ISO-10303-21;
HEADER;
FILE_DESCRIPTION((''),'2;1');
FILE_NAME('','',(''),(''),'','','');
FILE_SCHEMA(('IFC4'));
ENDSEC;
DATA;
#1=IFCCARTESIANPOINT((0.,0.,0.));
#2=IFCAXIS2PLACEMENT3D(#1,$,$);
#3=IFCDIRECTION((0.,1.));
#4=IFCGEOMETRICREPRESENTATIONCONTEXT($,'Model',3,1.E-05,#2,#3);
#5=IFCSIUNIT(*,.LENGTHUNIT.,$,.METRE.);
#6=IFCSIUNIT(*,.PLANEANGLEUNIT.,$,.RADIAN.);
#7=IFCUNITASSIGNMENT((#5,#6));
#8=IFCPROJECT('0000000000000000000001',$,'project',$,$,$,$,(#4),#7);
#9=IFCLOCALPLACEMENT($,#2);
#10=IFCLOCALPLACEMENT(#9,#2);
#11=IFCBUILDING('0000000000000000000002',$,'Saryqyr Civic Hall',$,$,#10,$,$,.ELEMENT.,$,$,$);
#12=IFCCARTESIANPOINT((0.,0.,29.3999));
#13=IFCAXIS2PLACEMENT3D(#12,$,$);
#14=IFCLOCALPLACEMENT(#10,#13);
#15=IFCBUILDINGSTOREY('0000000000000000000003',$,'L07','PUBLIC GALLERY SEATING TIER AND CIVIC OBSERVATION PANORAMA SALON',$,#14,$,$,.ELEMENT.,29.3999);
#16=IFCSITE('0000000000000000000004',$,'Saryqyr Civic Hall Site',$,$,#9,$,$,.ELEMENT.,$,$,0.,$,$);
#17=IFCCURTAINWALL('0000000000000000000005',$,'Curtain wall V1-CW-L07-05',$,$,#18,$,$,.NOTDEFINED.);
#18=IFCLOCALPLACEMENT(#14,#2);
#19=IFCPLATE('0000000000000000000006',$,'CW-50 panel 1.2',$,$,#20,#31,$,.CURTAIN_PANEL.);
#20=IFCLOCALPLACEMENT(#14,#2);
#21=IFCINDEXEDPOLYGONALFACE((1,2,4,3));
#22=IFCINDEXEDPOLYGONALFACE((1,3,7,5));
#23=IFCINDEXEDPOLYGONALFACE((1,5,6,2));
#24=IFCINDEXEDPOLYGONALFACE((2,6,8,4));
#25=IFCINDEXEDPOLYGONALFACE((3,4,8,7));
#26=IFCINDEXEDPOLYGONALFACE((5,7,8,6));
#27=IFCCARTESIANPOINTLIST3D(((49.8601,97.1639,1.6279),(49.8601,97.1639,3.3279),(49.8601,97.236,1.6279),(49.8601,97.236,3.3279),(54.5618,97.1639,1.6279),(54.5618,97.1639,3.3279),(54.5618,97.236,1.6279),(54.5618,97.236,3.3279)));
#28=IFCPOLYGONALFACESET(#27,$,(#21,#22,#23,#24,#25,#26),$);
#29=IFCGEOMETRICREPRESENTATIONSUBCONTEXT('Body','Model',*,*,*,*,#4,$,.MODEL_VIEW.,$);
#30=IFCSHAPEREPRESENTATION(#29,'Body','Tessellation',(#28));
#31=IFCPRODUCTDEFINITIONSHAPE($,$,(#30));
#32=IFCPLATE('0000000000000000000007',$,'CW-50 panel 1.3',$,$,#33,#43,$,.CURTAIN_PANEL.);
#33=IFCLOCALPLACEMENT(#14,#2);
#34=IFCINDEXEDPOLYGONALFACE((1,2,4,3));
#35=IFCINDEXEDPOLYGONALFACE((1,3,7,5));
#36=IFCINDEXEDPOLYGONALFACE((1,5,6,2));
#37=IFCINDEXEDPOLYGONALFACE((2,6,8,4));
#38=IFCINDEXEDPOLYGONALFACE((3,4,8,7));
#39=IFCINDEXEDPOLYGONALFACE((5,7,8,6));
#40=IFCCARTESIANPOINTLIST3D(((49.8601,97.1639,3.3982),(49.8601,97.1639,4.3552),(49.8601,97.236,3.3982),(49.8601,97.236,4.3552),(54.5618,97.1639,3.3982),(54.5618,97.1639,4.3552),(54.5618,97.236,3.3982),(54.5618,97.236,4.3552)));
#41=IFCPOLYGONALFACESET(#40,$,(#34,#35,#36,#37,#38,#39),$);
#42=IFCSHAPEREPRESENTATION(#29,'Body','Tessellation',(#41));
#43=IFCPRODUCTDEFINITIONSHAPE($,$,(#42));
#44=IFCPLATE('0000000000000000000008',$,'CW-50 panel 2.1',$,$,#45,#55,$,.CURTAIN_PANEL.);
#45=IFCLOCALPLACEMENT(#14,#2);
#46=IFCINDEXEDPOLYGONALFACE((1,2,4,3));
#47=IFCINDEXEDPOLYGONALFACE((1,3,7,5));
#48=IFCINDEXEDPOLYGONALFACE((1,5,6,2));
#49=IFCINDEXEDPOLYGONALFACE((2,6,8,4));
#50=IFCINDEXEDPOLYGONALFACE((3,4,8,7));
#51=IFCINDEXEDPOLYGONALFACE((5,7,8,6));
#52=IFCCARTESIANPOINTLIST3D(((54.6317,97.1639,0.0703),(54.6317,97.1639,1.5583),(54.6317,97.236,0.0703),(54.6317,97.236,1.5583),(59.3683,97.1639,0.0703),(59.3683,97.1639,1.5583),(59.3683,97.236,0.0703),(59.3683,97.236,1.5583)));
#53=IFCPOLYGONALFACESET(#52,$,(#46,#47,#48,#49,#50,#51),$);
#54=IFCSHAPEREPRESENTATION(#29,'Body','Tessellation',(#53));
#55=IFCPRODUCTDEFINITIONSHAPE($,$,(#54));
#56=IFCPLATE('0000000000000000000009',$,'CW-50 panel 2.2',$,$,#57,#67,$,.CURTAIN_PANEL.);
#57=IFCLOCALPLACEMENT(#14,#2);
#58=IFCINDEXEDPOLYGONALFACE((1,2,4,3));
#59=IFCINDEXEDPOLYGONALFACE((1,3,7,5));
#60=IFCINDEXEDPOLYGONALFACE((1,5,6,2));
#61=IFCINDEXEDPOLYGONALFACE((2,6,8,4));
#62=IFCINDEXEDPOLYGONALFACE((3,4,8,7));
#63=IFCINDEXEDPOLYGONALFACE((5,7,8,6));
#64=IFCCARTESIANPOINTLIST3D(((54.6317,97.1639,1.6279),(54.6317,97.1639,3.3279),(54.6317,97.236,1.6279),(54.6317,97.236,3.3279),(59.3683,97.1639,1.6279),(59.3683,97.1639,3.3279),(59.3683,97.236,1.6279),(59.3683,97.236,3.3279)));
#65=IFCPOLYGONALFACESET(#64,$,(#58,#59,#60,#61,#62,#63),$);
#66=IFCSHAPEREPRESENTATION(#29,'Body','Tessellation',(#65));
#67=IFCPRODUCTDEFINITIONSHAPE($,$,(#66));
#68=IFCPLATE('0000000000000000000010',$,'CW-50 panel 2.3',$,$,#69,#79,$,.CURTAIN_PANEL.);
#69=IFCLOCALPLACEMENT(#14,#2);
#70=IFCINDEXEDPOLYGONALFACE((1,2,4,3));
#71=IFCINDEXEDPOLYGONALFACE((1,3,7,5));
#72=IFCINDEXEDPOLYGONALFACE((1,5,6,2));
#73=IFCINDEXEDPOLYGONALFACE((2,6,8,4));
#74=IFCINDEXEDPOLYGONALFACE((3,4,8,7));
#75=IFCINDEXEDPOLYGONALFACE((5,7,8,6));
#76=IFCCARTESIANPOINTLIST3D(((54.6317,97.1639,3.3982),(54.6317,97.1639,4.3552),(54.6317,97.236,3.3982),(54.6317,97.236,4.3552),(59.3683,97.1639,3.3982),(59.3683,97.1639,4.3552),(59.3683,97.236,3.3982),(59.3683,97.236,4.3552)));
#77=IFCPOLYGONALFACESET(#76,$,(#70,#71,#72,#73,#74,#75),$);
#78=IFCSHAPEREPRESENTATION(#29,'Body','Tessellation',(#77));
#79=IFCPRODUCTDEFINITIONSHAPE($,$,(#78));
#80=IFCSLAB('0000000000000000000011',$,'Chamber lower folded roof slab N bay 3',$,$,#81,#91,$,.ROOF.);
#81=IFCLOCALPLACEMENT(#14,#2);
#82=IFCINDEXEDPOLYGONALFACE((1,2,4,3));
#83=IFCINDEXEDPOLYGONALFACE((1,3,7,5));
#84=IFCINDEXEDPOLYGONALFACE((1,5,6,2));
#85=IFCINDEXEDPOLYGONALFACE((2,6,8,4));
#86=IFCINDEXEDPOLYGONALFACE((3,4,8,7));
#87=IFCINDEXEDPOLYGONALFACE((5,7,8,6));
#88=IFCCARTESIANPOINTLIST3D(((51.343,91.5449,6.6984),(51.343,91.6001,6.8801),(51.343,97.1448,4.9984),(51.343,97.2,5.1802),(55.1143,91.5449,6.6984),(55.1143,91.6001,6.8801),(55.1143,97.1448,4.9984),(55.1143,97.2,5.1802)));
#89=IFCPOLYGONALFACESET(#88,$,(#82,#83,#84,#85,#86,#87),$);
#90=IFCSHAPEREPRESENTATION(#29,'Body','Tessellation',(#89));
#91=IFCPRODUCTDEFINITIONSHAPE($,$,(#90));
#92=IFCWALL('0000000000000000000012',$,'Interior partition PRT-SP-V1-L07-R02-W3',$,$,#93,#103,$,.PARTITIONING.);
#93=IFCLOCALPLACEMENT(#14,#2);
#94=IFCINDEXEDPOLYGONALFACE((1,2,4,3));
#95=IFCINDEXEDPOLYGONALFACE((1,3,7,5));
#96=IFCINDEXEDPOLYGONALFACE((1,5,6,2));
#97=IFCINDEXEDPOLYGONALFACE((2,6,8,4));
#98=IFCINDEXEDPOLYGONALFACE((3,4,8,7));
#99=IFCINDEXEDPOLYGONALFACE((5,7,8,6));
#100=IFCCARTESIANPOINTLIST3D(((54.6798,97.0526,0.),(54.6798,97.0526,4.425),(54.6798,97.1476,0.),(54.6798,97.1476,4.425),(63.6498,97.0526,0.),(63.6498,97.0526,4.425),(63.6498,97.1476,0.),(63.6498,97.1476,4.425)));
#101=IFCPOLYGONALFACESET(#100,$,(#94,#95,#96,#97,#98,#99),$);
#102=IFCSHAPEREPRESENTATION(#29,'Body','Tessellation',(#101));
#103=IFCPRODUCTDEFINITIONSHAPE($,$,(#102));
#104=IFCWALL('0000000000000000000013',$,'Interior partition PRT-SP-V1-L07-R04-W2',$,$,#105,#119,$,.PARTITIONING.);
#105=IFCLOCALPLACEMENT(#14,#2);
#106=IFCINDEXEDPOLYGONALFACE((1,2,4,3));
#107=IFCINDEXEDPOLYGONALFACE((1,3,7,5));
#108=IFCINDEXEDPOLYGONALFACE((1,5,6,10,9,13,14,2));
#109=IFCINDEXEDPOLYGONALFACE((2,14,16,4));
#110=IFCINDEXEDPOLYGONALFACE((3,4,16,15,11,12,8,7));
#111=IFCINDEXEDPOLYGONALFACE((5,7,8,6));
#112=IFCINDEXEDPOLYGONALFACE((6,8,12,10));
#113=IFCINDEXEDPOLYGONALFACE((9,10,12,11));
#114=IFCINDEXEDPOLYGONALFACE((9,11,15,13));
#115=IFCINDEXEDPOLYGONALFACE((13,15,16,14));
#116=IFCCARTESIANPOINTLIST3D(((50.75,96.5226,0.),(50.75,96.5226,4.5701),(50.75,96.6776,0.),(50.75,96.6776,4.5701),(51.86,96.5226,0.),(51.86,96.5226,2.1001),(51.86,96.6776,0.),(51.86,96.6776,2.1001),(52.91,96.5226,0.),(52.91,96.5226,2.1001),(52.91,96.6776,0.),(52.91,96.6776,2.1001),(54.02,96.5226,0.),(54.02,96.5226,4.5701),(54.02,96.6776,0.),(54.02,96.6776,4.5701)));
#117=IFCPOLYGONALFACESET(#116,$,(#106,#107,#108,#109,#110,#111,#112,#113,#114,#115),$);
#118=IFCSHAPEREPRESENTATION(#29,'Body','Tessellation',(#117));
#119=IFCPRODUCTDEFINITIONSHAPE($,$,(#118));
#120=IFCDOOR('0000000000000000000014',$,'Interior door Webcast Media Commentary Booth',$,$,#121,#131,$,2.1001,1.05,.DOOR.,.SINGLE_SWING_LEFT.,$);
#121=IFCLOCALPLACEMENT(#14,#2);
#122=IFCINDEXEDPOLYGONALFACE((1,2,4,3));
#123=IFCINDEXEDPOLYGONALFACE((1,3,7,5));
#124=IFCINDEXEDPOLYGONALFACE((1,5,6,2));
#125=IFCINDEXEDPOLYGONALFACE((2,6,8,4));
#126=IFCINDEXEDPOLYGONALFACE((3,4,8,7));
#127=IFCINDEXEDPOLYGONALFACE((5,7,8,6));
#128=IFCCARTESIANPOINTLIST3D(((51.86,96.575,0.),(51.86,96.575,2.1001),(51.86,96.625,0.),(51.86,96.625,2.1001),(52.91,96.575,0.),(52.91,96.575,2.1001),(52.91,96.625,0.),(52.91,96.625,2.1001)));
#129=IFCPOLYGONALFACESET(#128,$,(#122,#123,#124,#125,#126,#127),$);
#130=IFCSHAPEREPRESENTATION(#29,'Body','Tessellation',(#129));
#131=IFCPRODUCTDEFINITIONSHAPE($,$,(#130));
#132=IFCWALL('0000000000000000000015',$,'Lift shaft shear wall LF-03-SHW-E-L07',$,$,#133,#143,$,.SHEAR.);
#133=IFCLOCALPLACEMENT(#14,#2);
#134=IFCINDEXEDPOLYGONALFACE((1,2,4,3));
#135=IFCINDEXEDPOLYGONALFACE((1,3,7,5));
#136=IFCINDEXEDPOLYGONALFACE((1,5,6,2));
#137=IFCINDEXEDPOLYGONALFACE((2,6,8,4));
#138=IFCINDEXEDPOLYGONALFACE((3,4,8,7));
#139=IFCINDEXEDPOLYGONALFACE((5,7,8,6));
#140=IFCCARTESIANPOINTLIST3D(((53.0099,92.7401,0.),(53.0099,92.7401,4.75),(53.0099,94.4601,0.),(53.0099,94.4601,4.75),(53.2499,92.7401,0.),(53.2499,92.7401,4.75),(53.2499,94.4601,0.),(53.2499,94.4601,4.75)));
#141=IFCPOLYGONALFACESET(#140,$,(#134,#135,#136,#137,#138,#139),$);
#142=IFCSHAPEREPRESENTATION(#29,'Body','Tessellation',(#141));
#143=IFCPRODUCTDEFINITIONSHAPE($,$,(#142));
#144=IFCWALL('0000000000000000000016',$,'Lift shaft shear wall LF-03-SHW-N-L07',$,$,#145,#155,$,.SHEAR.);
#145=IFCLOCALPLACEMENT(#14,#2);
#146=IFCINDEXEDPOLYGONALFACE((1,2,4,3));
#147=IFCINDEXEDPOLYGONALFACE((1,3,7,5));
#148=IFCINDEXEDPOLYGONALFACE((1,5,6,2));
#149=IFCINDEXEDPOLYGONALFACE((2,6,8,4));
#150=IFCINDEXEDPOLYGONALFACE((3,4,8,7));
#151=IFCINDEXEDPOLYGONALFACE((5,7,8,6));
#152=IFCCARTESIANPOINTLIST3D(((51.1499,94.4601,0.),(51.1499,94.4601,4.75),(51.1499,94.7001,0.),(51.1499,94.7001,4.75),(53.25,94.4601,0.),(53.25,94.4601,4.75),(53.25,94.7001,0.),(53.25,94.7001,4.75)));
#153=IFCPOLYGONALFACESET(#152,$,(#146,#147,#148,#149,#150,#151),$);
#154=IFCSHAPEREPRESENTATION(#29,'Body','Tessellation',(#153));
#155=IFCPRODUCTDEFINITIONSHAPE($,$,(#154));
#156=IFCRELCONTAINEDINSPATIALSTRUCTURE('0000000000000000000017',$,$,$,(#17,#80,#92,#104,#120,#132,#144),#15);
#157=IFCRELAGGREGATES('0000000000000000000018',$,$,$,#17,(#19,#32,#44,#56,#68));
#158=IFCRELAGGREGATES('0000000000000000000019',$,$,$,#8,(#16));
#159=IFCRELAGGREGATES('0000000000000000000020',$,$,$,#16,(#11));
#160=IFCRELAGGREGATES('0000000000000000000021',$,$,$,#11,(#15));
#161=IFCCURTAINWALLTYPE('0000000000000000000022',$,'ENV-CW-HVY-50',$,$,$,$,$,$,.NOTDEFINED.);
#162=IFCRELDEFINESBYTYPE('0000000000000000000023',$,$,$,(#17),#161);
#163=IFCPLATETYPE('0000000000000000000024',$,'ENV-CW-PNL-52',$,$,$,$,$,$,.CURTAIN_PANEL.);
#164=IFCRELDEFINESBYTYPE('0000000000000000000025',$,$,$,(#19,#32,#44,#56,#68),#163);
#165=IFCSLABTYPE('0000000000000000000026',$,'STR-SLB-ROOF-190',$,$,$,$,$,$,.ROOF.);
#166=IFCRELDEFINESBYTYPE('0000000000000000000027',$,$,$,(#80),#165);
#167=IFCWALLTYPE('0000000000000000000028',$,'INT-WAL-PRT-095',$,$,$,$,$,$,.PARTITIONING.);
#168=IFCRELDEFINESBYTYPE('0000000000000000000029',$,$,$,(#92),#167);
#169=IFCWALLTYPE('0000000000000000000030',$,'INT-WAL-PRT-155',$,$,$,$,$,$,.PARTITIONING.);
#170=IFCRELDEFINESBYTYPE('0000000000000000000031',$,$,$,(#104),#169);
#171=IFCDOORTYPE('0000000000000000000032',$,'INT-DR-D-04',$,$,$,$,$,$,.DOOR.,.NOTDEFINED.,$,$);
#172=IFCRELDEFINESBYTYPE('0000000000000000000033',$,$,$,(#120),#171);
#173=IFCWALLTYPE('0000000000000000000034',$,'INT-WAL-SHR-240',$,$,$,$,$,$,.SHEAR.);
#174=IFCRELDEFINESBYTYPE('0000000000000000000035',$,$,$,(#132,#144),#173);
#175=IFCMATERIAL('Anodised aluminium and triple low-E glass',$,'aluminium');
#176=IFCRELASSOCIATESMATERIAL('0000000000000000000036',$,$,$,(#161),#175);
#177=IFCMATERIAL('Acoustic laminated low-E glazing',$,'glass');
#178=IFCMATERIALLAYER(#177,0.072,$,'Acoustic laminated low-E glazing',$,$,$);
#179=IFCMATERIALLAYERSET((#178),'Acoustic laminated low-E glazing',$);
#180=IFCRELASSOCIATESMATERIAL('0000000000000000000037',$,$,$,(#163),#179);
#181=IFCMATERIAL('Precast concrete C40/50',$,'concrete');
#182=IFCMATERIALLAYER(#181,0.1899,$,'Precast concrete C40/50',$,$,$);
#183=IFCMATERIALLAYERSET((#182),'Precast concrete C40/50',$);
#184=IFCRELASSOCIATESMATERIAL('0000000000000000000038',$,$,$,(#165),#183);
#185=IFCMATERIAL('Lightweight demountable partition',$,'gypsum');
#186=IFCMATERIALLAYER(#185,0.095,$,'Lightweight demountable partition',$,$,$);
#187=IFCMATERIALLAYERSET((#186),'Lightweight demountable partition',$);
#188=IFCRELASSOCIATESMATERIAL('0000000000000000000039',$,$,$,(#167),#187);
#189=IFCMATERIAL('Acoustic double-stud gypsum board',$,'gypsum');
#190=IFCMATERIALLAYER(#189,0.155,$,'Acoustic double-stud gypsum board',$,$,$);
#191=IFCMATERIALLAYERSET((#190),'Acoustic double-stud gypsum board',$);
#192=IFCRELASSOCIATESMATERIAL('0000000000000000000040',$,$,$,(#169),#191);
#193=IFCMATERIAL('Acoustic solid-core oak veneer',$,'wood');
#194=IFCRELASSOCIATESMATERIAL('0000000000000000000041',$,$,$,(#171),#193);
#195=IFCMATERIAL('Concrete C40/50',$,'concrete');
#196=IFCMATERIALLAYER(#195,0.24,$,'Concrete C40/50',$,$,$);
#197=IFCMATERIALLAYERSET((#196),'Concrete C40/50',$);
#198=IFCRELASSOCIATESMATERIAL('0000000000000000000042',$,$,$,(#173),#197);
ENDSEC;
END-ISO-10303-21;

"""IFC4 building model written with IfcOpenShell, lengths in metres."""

from ifc_helpers import new_model, si_unit, direction, frame, frame_2d, origin, origin_2d, place, context, subcontext, project, spatial, polyline, rectangle, outline, extrude, material, layer, layer_set, type_object, element, fill, aggregate, save


model = new_model("IFC4")

# Units and contexts
model_context = context("Model", 3, precision=1e-05, world=origin(), true_north=direction((0.0, 1.0)))
body_context = subcontext(model_context, "Body", "Model", "MODEL_VIEW")
ifc_project = project(units=[si_unit("LENGTHUNIT", "METRE"), si_unit("PLANEANGLEUNIT", "RADIAN")], contexts=[model_context])

# Site, building, storey
site_placement = place(None, origin())
site = spatial("IfcSite", under=ifc_project, at=site_placement, Name="Saryqyr Civic Hall Site", CompositionType="ELEMENT", RefElevation=0.0)
building_placement = place(site_placement, origin())
building = spatial("IfcBuilding", under=site, at=building_placement, Name="Saryqyr Civic Hall", CompositionType="ELEMENT")
storey_placement = place(building_placement, frame((0.0, 0.0, 29.3999)))
storey = spatial("IfcBuildingStorey", under=building, at=storey_placement, Name="L07", Description="PUBLIC GALLERY SEATING TIER AND CIVIC OBSERVATION PANORAMA SALON", CompositionType="ELEMENT", Elevation=29.3999)

# Curtain wall
ifc_material_1 = material(Name="Anodised aluminium and triple low-E glass", Category="aluminium")
curtain_wall_type = type_object("IfcCurtainWallType", Name="ENV-CW-HVY-50", PredefinedType="NOTDEFINED", material=ifc_material_1)
curtain_wall_placement = place(storey_placement, origin())
curtain_wall = element("IfcCurtainWall", 1, at=curtain_wall_placement, inside=storey, type_object=curtain_wall_type, Name="Curtain wall V1-CW-L07-05", PredefinedType="NOTDEFINED")

# Plates
ifc_material_2 = material(Name="Acoustic laminated low-E glazing", Category="glass")
ifc_layer_1 = layer(ifc_material_2, 0.072, Name="Acoustic laminated low-E glazing")
ifc_layer_set_1 = layer_set([ifc_layer_1], Name="Acoustic laminated low-E glazing")
plate_type = type_object("IfcPlateType", Name="ENV-CW-PNL-52", PredefinedType="CURTAIN_PANEL", material=ifc_layer_set_1)
plate_1_placement = place(storey_placement, frame((52.2109, 97.2, 1.6279), z_axis=(0.0, 0.0, 1.0), x_axis=(1.0, 0.0, 0.0)))
plate_1 = element("IfcPlate", 2, at=plate_1_placement, type_object=plate_type, Name="CW-50 panel 1.2", PredefinedType="CURTAIN_PANEL", context=body_context, shape_type="SweptSolid", body=[
    extrude(rectangle(XDim=4.7017, YDim=0.072, at=origin_2d()), origin(), (0.0, 0.0, 1.0), 1.7),
])
plate_2_placement = place(storey_placement, frame((52.2109, 97.2, 3.3982), z_axis=(0.0, 0.0, 1.0), x_axis=(1.0, 0.0, 0.0)))
plate_2 = element("IfcPlate", 3, at=plate_2_placement, type_object=plate_type, Name="CW-50 panel 1.3", PredefinedType="CURTAIN_PANEL", context=body_context, shape_type="SweptSolid", body=[
    extrude(rectangle(XDim=4.7017, YDim=0.072, at=origin_2d()), origin(), (0.0, 0.0, 1.0), 0.957),
])
plate_3_placement = place(storey_placement, frame((57.0, 97.2, 0.0703), z_axis=(0.0, 0.0, 1.0), x_axis=(1.0, 0.0, 0.0)))
plate_3 = element("IfcPlate", 4, at=plate_3_placement, type_object=plate_type, Name="CW-50 panel 2.1", PredefinedType="CURTAIN_PANEL", context=body_context, shape_type="SweptSolid", body=[
    extrude(rectangle(XDim=4.7366, YDim=0.072, at=origin_2d()), origin(), (0.0, 0.0, 1.0), 1.488),
])
plate_4_placement = place(storey_placement, frame((57.0, 97.2, 1.6279), z_axis=(0.0, 0.0, 1.0), x_axis=(1.0, 0.0, 0.0)))
plate_4 = element("IfcPlate", 5, at=plate_4_placement, type_object=plate_type, Name="CW-50 panel 2.2", PredefinedType="CURTAIN_PANEL", context=body_context, shape_type="SweptSolid", body=[
    extrude(rectangle(XDim=4.7366, YDim=0.072, at=origin_2d()), origin(), (0.0, 0.0, 1.0), 1.7),
])
plate_5_placement = place(storey_placement, frame((57.0, 97.2, 3.3982), z_axis=(0.0, 0.0, 1.0), x_axis=(1.0, 0.0, 0.0)))
plate_5 = element("IfcPlate", 6, at=plate_5_placement, type_object=plate_type, Name="CW-50 panel 2.3", PredefinedType="CURTAIN_PANEL", context=body_context, shape_type="SweptSolid", body=[
    extrude(rectangle(XDim=4.7366, YDim=0.072, at=origin_2d()), origin(), (0.0, 0.0, 1.0), 0.957),
])
aggregate(curtain_wall, [plate_1, plate_2, plate_3, plate_4, plate_5])

# Slab
ifc_material_3 = material(Name="Precast concrete C40/50", Category="concrete")
ifc_layer_2 = layer(ifc_material_3, 0.1899, Name="Precast concrete C40/50")
ifc_layer_set_2 = layer_set([ifc_layer_2], Name="Precast concrete C40/50")
slab_type = type_object("IfcSlabType", Name="STR-SLB-ROOF-190", PredefinedType="ROOF", material=ifc_layer_set_2)
slab_placement = place(storey_placement, frame((55.1143, 97.2, 5.1802), z_axis=(0.0, 0.290481, 0.956881), x_axis=(-1.0, 0.0, 0.0)))
element("IfcSlab", 7, at=slab_placement, inside=storey, type_object=slab_type, Name="Chamber lower folded roof slab N bay 3", PredefinedType="ROOF", context=body_context, shape_type="SweptSolid", body=[
    extrude(outline(polyline([(0.0, 0.0), (3.7712, 0.0), (3.7712, 5.8522), (0.0, 5.8522), (0.0, 0.0)])), origin(), (0.0, 0.0, -1.0), 0.1899),
])

# Wall
ifc_material_4 = material(Name="Lightweight demountable partition", Category="gypsum")
ifc_layer_3 = layer(ifc_material_4, 0.095, Name="Lightweight demountable partition")
ifc_layer_set_3 = layer_set([ifc_layer_3], Name="Lightweight demountable partition")
wall_type_1 = type_object("IfcWallType", Name="INT-WAL-PRT-095", PredefinedType="PARTITIONING", material=ifc_layer_set_3)
wall_1_placement = place(storey_placement, frame((54.6799, 97.1001, 0.0), z_axis=(0.0, 0.0, 1.0), x_axis=(1.0, 0.0, 0.0)))
element("IfcWall", 8, at=wall_1_placement, inside=storey, type_object=wall_type_1, Name="Interior partition PRT-SP-V1-L07-R02-W3", PredefinedType="PARTITIONING", context=body_context, shape_type="SweptSolid", body=[
    extrude(rectangle(XDim=8.97, YDim=0.095, at=frame_2d((4.4849, 0.0))), origin(), (0.0, 0.0, 1.0), 4.425),
])

# Wall, opening, door
ifc_material_5 = material(Name="Acoustic double-stud gypsum board", Category="gypsum")
ifc_layer_4 = layer(ifc_material_5, 0.155, Name="Acoustic double-stud gypsum board")
ifc_layer_set_4 = layer_set([ifc_layer_4], Name="Acoustic double-stud gypsum board")
wall_type_2 = type_object("IfcWallType", Name="INT-WAL-PRT-155", PredefinedType="PARTITIONING", material=ifc_layer_set_4)
wall_2_placement = place(storey_placement, frame((50.75, 96.6001, 0.0), z_axis=(0.0, 0.0, 1.0), x_axis=(1.0, 0.0, 0.0)))
wall_2 = element("IfcWall", 9, at=wall_2_placement, inside=storey, type_object=wall_type_2, Name="Interior partition PRT-SP-V1-L07-R04-W2", PredefinedType="PARTITIONING", context=body_context, shape_type="SweptSolid", body=[
    extrude(rectangle(XDim=3.27, YDim=0.155, at=frame_2d((1.635, 0.0))), origin(), (0.0, 0.0, 1.0), 4.5701),
])
opening_placement = place(wall_2_placement, frame((1.1101, 0.0, 0.0)))
opening = element("IfcOpeningElement", 10, at=opening_placement, cuts=wall_2, PredefinedType="OPENING", context=body_context, shape_type="SweptSolid", body=[
    extrude(rectangle(XDim=1.05, YDim=2.1001, at=frame_2d((0.5249, 1.05))), frame((0.0, 0.0874, 0.0), z_axis=(0.0, -1.0, 0.0), x_axis=(1.0, 0.0, 0.0)), (0.0, 0.0, 1.0), 0.175),
])
ifc_material_6 = material(Name="Acoustic solid-core oak veneer", Category="wood")
door_type = type_object("IfcDoorType", Name="INT-DR-D-04", OperationType="NOTDEFINED", PredefinedType="DOOR", material=ifc_material_6)
door_placement = place(opening_placement, origin())
door = element("IfcDoor", 11, at=door_placement, inside=storey, type_object=door_type, Name="Interior door Webcast Media Commentary Booth", OperationType="SINGLE_SWING_LEFT", OverallHeight=2.1001, OverallWidth=1.05, PredefinedType="DOOR", context=body_context, shape_type="SweptSolid", body=[
    extrude(rectangle(XDim=1.05, YDim=2.1001, at=frame_2d((0.5249, 1.05))), frame((0.0, 0.0249, 0.0), z_axis=(0.0, -1.0, 0.0), x_axis=(1.0, 0.0, 0.0)), (0.0, 0.0, 1.0), 0.05),
])
fill(opening, door)

# Walls
ifc_material_7 = material(Name="Concrete C40/50", Category="concrete")
ifc_layer_5 = layer(ifc_material_7, 0.24, Name="Concrete C40/50")
ifc_layer_set_5 = layer_set([ifc_layer_5], Name="Concrete C40/50")
wall_type_3 = type_object("IfcWallType", Name="INT-WAL-SHR-240", PredefinedType="SHEAR", material=ifc_layer_set_5)
wall_3_placement = place(storey_placement, frame((53.1299, 94.46, 0.0), z_axis=(0.0, 0.0, 1.0), x_axis=(0.0, -1.0, 0.0)))
element("IfcWall", 12, at=wall_3_placement, inside=storey, type_object=wall_type_3, Name="Lift shaft shear wall LF-03-SHW-E-L07", PredefinedType="SHEAR", context=body_context, shape_type="SweptSolid", body=[
    extrude(rectangle(XDim=1.72, YDim=0.24, at=frame_2d((0.8599, 0.0))), origin(), (0.0, 0.0, 1.0), 4.75),
])
wall_4_placement = place(storey_placement, frame((51.1499, 94.5801, 0.0), z_axis=(0.0, 0.0, 1.0), x_axis=(1.0, 0.0, 0.0)))
element("IfcWall", 13, at=wall_4_placement, inside=storey, type_object=wall_type_3, Name="Lift shaft shear wall LF-03-SHW-N-L07", PredefinedType="SHEAR", context=body_context, shape_type="SweptSolid", body=[
    extrude(rectangle(XDim=2.1001, YDim=0.24, at=frame_2d((1.05, 0.0))), origin(), (0.0, 0.0, 1.0), 4.75),
])

save(model, "model.ifc")
